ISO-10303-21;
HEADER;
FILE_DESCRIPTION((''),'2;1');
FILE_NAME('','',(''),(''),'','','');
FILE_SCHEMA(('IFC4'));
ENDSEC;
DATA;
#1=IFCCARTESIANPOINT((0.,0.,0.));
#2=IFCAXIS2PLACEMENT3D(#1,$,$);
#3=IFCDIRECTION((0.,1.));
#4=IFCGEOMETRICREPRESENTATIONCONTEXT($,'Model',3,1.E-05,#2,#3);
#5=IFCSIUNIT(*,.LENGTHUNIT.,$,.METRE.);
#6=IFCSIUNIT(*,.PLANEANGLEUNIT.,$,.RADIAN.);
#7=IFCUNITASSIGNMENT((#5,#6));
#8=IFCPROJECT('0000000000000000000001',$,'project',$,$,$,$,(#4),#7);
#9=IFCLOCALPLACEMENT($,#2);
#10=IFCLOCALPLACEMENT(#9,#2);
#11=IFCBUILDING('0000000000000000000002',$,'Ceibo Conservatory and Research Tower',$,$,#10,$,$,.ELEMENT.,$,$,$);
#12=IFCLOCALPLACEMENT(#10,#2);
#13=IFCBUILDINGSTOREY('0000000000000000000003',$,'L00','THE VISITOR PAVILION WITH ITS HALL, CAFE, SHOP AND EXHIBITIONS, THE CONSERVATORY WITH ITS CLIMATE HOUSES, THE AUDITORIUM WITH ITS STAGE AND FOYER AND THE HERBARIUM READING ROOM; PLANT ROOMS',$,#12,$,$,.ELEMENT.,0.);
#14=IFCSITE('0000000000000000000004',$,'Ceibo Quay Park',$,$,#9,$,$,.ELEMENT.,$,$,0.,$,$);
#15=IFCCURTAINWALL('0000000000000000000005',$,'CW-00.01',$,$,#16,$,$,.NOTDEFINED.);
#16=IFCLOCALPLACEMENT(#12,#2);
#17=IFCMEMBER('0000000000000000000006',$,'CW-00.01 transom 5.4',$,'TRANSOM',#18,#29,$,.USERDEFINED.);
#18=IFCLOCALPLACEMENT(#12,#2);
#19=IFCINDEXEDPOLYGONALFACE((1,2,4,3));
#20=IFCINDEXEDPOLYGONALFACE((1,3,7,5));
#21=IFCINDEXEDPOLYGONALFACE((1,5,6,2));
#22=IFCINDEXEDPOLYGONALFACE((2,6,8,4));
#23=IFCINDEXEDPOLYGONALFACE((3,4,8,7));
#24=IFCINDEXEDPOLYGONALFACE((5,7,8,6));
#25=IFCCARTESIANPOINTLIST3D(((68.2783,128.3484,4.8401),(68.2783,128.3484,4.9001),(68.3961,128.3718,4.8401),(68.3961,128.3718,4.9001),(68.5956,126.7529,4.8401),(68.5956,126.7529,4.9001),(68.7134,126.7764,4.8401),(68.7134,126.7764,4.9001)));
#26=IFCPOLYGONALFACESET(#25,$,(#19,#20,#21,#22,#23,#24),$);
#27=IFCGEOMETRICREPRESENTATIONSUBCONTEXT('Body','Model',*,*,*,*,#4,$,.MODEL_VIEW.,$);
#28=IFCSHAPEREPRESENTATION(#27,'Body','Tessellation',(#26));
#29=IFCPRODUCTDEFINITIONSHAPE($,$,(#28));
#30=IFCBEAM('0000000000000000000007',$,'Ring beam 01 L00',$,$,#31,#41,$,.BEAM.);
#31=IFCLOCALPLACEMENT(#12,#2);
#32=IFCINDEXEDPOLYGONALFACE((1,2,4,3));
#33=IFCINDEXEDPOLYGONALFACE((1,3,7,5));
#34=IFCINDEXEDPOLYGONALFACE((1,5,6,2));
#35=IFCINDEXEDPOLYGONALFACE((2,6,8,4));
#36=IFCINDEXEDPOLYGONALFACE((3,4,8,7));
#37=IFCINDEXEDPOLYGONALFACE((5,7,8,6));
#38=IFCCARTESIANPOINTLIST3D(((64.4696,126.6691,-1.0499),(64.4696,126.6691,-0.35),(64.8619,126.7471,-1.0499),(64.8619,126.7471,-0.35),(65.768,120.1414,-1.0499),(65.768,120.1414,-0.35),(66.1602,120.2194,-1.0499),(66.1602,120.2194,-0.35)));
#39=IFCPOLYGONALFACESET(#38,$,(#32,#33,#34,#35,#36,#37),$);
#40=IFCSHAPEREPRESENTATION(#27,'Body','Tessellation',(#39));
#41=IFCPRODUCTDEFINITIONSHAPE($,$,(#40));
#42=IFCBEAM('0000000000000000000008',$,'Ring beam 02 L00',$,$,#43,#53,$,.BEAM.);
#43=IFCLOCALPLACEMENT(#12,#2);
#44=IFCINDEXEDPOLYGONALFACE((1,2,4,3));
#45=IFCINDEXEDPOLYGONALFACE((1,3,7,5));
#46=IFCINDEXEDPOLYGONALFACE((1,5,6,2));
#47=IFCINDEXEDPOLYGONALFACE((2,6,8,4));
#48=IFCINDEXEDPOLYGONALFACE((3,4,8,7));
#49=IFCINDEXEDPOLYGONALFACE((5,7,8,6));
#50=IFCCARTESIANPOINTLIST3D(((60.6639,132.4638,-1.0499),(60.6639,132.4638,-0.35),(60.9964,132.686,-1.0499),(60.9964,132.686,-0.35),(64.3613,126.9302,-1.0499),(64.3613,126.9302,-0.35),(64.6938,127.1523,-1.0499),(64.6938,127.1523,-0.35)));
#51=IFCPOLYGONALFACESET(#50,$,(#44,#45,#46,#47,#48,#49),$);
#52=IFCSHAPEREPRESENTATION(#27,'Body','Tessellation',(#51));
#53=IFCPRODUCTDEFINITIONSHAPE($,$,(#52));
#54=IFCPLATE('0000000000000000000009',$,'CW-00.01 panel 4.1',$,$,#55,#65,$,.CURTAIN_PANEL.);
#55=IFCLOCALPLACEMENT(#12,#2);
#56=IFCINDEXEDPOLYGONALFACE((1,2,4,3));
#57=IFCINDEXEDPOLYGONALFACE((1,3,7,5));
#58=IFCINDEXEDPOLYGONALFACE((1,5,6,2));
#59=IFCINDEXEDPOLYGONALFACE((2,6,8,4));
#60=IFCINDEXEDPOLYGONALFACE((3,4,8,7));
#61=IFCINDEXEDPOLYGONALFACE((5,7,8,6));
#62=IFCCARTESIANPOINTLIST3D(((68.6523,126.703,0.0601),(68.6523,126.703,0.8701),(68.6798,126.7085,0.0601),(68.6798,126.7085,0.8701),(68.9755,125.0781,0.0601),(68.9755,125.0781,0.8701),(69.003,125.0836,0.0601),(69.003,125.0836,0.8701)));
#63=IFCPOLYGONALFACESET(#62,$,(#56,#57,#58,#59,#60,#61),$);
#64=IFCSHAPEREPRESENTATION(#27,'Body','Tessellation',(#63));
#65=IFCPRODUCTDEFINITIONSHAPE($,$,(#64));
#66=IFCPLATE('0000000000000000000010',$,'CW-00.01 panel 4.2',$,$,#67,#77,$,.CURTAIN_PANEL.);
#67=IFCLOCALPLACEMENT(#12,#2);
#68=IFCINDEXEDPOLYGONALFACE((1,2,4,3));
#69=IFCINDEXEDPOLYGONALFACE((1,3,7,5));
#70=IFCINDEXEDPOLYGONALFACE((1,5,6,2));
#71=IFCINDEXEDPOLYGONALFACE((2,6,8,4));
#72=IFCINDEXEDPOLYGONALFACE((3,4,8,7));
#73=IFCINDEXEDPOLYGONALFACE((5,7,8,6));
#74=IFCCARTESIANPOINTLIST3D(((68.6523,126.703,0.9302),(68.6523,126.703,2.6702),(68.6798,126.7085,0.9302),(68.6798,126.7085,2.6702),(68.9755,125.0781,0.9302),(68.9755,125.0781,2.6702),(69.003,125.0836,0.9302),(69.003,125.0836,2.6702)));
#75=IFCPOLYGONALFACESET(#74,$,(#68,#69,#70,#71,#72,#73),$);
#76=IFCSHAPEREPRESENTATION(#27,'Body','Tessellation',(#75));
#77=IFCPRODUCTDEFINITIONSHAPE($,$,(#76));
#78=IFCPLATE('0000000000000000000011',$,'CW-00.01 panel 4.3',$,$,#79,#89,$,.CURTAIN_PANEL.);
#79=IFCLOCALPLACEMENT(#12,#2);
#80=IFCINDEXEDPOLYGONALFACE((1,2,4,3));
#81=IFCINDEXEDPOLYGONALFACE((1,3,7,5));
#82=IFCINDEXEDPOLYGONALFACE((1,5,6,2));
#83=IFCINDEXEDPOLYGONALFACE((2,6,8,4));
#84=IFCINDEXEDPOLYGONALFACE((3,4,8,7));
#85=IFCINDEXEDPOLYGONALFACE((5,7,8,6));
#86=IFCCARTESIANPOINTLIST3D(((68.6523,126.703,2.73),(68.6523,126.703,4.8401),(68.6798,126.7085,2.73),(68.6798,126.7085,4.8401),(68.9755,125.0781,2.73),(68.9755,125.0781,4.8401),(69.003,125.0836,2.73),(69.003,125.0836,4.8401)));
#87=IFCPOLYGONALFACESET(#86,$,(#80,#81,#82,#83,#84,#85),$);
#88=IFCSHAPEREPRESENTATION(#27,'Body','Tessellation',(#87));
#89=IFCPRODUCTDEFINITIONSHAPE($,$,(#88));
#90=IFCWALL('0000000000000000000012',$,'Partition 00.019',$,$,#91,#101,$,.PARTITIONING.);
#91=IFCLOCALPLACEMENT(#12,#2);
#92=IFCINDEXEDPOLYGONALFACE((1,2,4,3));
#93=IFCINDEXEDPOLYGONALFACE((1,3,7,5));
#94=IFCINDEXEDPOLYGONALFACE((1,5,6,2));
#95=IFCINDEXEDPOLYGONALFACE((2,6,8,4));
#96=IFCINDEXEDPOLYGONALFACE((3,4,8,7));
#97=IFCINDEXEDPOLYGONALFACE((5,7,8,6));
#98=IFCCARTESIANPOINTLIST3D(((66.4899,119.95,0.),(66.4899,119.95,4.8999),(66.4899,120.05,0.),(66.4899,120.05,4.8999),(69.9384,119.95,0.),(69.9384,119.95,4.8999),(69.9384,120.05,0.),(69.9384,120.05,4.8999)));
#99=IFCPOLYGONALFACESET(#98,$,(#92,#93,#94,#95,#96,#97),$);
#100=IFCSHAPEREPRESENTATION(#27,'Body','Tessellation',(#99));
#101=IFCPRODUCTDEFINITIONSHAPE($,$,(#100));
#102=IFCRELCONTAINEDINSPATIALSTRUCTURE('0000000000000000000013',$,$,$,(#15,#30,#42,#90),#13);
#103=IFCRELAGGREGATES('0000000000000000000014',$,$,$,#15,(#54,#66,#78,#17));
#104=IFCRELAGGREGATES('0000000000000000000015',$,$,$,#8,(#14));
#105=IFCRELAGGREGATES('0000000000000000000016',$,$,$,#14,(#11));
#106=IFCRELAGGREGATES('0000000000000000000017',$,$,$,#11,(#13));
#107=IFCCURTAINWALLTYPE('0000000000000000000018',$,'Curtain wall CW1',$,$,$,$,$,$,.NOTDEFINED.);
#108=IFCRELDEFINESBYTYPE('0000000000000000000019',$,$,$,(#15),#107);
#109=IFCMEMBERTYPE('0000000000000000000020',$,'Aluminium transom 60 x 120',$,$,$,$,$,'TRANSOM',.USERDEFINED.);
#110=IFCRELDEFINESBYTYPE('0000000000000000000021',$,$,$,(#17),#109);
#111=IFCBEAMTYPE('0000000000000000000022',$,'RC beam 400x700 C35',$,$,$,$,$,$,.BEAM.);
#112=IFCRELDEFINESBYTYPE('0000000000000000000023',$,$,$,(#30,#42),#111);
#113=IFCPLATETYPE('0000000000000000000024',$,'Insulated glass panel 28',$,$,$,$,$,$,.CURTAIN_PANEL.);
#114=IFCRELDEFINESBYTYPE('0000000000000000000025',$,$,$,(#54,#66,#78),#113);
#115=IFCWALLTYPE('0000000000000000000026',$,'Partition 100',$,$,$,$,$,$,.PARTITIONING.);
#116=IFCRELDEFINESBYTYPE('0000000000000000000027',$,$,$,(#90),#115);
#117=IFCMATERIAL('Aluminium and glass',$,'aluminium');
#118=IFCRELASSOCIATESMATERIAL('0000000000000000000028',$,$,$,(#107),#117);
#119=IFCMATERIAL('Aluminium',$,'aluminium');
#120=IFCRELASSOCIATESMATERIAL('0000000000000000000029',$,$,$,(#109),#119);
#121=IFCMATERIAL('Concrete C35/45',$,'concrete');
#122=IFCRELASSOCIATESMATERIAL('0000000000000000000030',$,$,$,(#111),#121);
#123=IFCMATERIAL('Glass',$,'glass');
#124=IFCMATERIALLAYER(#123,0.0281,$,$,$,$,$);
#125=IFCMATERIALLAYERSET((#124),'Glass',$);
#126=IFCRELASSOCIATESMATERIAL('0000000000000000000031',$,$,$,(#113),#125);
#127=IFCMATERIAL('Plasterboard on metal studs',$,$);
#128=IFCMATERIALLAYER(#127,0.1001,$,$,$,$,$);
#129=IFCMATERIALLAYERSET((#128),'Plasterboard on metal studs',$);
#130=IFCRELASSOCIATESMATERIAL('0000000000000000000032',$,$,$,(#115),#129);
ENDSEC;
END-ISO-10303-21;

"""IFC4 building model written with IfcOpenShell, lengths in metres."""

from ifc_helpers import new_model, si_unit, direction, frame, frame_2d, origin, origin_2d, place, context, subcontext, project, spatial, rectangle, extrude, material, layer, layer_set, material_profile, profile_set, type_object, element, aggregate, save


model = new_model("IFC4")

# Units and contexts
model_context = context("Model", 3, precision=1e-05, world=origin(), true_north=direction((0.0, 1.0)))
body_context = subcontext(model_context, "Body", "Model", "MODEL_VIEW")
ifc_project = project(units=[si_unit("LENGTHUNIT", "METRE"), si_unit("PLANEANGLEUNIT", "RADIAN")], contexts=[model_context])

# Site, building, storey
site_placement = place(None, origin())
site = spatial("IfcSite", under=ifc_project, at=site_placement, Name="Ceibo Quay Park", CompositionType="ELEMENT", RefElevation=0.0)
building_placement = place(site_placement, origin())
building = spatial("IfcBuilding", under=site, at=building_placement, Name="Ceibo Conservatory and Research Tower", CompositionType="ELEMENT")
storey_placement = place(building_placement, origin())
storey = spatial("IfcBuildingStorey", under=building, at=storey_placement, Name="L00", Description="THE VISITOR PAVILION WITH ITS HALL, CAFE, SHOP AND EXHIBITIONS, THE CONSERVATORY WITH ITS CLIMATE HOUSES, THE AUDITORIUM WITH ITS STAGE AND FOYER AND THE HERBARIUM READING ROOM; PLANT ROOMS", CompositionType="ELEMENT", Elevation=0.0)

# Curtain wall, member
ifc_material_1 = material(Name="Aluminium and glass", Category="aluminium")
curtain_wall_type = type_object("IfcCurtainWallType", Name="Curtain wall CW1", PredefinedType="NOTDEFINED", material=ifc_material_1)
curtain_wall_placement = place(storey_placement, origin())
curtain_wall = element("IfcCurtainWall", 1, at=curtain_wall_placement, inside=storey, type_object=curtain_wall_type, Name="CW-00.01", PredefinedType="NOTDEFINED")
ifc_material_2 = material(Name="Aluminium", Category="aluminium")
ifc_material_profile_1 = material_profile(ifc_material_2, rectangle(XDim=0.1201, YDim=0.0601, at=origin_2d()), Name="Aluminium 60 x 120")
ifc_profile_set_1 = profile_set([ifc_material_profile_1], Name="Aluminium")
member_type_1 = type_object("IfcMemberType", Name="Aluminium transom 60 x 120", ElementType="TRANSOM", PredefinedType="USERDEFINED", material=ifc_profile_set_1)
member_1_placement = place(storey_placement, frame((68.6545, 126.7646, 4.8701), z_axis=(-0.195106, 0.980782, 0.0), x_axis=(-0.980782, -0.195106, 0.0)))
member_1 = element("IfcMember", 2, at=member_1_placement, type_object=member_type_1, Name="CW-00.01 transom 5.4", ObjectType="TRANSOM", PredefinedType="USERDEFINED", context=body_context, shape_type="SweptSolid", body=[
    extrude(rectangle(XDim=0.1201, YDim=0.0601, at=origin_2d()), origin(), (0.0, 0.0, 1.0), 1.6267),
])

# Beams
ifc_material_3 = material(Name="Concrete C35/45", Category="concrete")
ifc_material_profile_2 = material_profile(ifc_material_3, rectangle(XDim=0.3999, YDim=0.7, at=origin_2d()), Name="RC 400x700")
ifc_profile_set_2 = profile_set([ifc_material_profile_2], Name="Concrete C35/45")
beam_type = type_object("IfcBeamType", Name="RC beam 400x700 C35", PredefinedType="BEAM", material=ifc_profile_set_2)
beam_1_placement = place(storey_placement, frame((65.9641, 120.1804, -0.7), z_axis=(-0.195079, 0.980788, 0.0), x_axis=(-0.980788, -0.195079, 0.0)))
element("IfcBeam", 3, at=beam_1_placement, inside=storey, type_object=beam_type, Name="Ring beam 01 L00", PredefinedType="BEAM", context=body_context, shape_type="SweptSolid", body=[
    extrude(rectangle(XDim=0.3999, YDim=0.7, at=origin_2d()), origin(), (0.0, 0.0, 1.0), 6.6555),
])
beam_2_placement = place(storey_placement, frame((64.5276, 127.0413, -0.7), z_axis=(-0.555572, 0.831469, 0.0), x_axis=(-0.831469, -0.555572, 0.0)))
element("IfcBeam", 4, at=beam_2_placement, inside=storey, type_object=beam_type, Name="Ring beam 02 L00", PredefinedType="BEAM", context=body_context, shape_type="SweptSolid", body=[
    extrude(rectangle(XDim=0.3999, YDim=0.7, at=origin_2d()), origin(), (0.0, 0.0, 1.0), 6.6553),
])

# Plates
ifc_material_4 = material(Name="Glass", Category="glass")
ifc_layer_1 = layer(ifc_material_4, 0.0281)
ifc_layer_set_1 = layer_set([ifc_layer_1], Name="Glass")
plate_type = type_object("IfcPlateType", Name="Insulated glass panel 28", PredefinedType="CURTAIN_PANEL", material=ifc_layer_set_1)
plate_1_placement = place(storey_placement, frame((68.8276, 125.8933, 0.0601), z_axis=(0.0, 0.0, 1.0), x_axis=(-0.19509, 0.980785, 0.0)))
plate_1 = element("IfcPlate", 5, at=plate_1_placement, type_object=plate_type, Name="CW-00.01 panel 4.1", PredefinedType="CURTAIN_PANEL", context=body_context, shape_type="SweptSolid", body=[
    extrude(rectangle(XDim=1.6567, YDim=0.0281, at=origin_2d()), origin(), (0.0, 0.0, 1.0), 0.8101),
])
plate_2_placement = place(storey_placement, frame((68.8276, 125.8933, 0.9302), z_axis=(0.0, 0.0, 1.0), x_axis=(-0.19509, 0.980785, 0.0)))
plate_2 = element("IfcPlate", 6, at=plate_2_placement, type_object=plate_type, Name="CW-00.01 panel 4.2", PredefinedType="CURTAIN_PANEL", context=body_context, shape_type="SweptSolid", body=[
    extrude(rectangle(XDim=1.6567, YDim=0.0281, at=origin_2d()), origin(), (0.0, 0.0, 1.0), 1.74),
])
plate_3_placement = place(storey_placement, frame((68.8276, 125.8933, 2.73), z_axis=(0.0, 0.0, 1.0), x_axis=(-0.19509, 0.980785, 0.0)))
plate_3 = element("IfcPlate", 7, at=plate_3_placement, type_object=plate_type, Name="CW-00.01 panel 4.3", PredefinedType="CURTAIN_PANEL", context=body_context, shape_type="SweptSolid", body=[
    extrude(rectangle(XDim=1.6567, YDim=0.0281, at=origin_2d()), origin(), (0.0, 0.0, 1.0), 2.1101),
])
aggregate(curtain_wall, [plate_1, plate_2, plate_3, member_1])

# Wall
ifc_material_5 = material(Name="Plasterboard on metal studs")
ifc_layer_2 = layer(ifc_material_5, 0.1001)
ifc_layer_set_2 = layer_set([ifc_layer_2], Name="Plasterboard on metal studs")
wall_type = type_object("IfcWallType", Name="Partition 100", PredefinedType="PARTITIONING", material=ifc_layer_set_2)
wall_placement = place(storey_placement, frame((66.49, 120.0, 0.0), z_axis=(0.0, 0.0, 1.0), x_axis=(1.0, 0.0, 0.0)))
element("IfcWall", 8, at=wall_placement, inside=storey, type_object=wall_type, Name="Partition 00.019", PredefinedType="PARTITIONING", context=body_context, shape_type="SweptSolid", body=[
    extrude(rectangle(XDim=3.4485, YDim=0.1001, at=frame_2d((1.7241, 0.0))), origin(), (0.0, 0.0, 1.0), 4.8999),
])

save(model, "model.ifc")
